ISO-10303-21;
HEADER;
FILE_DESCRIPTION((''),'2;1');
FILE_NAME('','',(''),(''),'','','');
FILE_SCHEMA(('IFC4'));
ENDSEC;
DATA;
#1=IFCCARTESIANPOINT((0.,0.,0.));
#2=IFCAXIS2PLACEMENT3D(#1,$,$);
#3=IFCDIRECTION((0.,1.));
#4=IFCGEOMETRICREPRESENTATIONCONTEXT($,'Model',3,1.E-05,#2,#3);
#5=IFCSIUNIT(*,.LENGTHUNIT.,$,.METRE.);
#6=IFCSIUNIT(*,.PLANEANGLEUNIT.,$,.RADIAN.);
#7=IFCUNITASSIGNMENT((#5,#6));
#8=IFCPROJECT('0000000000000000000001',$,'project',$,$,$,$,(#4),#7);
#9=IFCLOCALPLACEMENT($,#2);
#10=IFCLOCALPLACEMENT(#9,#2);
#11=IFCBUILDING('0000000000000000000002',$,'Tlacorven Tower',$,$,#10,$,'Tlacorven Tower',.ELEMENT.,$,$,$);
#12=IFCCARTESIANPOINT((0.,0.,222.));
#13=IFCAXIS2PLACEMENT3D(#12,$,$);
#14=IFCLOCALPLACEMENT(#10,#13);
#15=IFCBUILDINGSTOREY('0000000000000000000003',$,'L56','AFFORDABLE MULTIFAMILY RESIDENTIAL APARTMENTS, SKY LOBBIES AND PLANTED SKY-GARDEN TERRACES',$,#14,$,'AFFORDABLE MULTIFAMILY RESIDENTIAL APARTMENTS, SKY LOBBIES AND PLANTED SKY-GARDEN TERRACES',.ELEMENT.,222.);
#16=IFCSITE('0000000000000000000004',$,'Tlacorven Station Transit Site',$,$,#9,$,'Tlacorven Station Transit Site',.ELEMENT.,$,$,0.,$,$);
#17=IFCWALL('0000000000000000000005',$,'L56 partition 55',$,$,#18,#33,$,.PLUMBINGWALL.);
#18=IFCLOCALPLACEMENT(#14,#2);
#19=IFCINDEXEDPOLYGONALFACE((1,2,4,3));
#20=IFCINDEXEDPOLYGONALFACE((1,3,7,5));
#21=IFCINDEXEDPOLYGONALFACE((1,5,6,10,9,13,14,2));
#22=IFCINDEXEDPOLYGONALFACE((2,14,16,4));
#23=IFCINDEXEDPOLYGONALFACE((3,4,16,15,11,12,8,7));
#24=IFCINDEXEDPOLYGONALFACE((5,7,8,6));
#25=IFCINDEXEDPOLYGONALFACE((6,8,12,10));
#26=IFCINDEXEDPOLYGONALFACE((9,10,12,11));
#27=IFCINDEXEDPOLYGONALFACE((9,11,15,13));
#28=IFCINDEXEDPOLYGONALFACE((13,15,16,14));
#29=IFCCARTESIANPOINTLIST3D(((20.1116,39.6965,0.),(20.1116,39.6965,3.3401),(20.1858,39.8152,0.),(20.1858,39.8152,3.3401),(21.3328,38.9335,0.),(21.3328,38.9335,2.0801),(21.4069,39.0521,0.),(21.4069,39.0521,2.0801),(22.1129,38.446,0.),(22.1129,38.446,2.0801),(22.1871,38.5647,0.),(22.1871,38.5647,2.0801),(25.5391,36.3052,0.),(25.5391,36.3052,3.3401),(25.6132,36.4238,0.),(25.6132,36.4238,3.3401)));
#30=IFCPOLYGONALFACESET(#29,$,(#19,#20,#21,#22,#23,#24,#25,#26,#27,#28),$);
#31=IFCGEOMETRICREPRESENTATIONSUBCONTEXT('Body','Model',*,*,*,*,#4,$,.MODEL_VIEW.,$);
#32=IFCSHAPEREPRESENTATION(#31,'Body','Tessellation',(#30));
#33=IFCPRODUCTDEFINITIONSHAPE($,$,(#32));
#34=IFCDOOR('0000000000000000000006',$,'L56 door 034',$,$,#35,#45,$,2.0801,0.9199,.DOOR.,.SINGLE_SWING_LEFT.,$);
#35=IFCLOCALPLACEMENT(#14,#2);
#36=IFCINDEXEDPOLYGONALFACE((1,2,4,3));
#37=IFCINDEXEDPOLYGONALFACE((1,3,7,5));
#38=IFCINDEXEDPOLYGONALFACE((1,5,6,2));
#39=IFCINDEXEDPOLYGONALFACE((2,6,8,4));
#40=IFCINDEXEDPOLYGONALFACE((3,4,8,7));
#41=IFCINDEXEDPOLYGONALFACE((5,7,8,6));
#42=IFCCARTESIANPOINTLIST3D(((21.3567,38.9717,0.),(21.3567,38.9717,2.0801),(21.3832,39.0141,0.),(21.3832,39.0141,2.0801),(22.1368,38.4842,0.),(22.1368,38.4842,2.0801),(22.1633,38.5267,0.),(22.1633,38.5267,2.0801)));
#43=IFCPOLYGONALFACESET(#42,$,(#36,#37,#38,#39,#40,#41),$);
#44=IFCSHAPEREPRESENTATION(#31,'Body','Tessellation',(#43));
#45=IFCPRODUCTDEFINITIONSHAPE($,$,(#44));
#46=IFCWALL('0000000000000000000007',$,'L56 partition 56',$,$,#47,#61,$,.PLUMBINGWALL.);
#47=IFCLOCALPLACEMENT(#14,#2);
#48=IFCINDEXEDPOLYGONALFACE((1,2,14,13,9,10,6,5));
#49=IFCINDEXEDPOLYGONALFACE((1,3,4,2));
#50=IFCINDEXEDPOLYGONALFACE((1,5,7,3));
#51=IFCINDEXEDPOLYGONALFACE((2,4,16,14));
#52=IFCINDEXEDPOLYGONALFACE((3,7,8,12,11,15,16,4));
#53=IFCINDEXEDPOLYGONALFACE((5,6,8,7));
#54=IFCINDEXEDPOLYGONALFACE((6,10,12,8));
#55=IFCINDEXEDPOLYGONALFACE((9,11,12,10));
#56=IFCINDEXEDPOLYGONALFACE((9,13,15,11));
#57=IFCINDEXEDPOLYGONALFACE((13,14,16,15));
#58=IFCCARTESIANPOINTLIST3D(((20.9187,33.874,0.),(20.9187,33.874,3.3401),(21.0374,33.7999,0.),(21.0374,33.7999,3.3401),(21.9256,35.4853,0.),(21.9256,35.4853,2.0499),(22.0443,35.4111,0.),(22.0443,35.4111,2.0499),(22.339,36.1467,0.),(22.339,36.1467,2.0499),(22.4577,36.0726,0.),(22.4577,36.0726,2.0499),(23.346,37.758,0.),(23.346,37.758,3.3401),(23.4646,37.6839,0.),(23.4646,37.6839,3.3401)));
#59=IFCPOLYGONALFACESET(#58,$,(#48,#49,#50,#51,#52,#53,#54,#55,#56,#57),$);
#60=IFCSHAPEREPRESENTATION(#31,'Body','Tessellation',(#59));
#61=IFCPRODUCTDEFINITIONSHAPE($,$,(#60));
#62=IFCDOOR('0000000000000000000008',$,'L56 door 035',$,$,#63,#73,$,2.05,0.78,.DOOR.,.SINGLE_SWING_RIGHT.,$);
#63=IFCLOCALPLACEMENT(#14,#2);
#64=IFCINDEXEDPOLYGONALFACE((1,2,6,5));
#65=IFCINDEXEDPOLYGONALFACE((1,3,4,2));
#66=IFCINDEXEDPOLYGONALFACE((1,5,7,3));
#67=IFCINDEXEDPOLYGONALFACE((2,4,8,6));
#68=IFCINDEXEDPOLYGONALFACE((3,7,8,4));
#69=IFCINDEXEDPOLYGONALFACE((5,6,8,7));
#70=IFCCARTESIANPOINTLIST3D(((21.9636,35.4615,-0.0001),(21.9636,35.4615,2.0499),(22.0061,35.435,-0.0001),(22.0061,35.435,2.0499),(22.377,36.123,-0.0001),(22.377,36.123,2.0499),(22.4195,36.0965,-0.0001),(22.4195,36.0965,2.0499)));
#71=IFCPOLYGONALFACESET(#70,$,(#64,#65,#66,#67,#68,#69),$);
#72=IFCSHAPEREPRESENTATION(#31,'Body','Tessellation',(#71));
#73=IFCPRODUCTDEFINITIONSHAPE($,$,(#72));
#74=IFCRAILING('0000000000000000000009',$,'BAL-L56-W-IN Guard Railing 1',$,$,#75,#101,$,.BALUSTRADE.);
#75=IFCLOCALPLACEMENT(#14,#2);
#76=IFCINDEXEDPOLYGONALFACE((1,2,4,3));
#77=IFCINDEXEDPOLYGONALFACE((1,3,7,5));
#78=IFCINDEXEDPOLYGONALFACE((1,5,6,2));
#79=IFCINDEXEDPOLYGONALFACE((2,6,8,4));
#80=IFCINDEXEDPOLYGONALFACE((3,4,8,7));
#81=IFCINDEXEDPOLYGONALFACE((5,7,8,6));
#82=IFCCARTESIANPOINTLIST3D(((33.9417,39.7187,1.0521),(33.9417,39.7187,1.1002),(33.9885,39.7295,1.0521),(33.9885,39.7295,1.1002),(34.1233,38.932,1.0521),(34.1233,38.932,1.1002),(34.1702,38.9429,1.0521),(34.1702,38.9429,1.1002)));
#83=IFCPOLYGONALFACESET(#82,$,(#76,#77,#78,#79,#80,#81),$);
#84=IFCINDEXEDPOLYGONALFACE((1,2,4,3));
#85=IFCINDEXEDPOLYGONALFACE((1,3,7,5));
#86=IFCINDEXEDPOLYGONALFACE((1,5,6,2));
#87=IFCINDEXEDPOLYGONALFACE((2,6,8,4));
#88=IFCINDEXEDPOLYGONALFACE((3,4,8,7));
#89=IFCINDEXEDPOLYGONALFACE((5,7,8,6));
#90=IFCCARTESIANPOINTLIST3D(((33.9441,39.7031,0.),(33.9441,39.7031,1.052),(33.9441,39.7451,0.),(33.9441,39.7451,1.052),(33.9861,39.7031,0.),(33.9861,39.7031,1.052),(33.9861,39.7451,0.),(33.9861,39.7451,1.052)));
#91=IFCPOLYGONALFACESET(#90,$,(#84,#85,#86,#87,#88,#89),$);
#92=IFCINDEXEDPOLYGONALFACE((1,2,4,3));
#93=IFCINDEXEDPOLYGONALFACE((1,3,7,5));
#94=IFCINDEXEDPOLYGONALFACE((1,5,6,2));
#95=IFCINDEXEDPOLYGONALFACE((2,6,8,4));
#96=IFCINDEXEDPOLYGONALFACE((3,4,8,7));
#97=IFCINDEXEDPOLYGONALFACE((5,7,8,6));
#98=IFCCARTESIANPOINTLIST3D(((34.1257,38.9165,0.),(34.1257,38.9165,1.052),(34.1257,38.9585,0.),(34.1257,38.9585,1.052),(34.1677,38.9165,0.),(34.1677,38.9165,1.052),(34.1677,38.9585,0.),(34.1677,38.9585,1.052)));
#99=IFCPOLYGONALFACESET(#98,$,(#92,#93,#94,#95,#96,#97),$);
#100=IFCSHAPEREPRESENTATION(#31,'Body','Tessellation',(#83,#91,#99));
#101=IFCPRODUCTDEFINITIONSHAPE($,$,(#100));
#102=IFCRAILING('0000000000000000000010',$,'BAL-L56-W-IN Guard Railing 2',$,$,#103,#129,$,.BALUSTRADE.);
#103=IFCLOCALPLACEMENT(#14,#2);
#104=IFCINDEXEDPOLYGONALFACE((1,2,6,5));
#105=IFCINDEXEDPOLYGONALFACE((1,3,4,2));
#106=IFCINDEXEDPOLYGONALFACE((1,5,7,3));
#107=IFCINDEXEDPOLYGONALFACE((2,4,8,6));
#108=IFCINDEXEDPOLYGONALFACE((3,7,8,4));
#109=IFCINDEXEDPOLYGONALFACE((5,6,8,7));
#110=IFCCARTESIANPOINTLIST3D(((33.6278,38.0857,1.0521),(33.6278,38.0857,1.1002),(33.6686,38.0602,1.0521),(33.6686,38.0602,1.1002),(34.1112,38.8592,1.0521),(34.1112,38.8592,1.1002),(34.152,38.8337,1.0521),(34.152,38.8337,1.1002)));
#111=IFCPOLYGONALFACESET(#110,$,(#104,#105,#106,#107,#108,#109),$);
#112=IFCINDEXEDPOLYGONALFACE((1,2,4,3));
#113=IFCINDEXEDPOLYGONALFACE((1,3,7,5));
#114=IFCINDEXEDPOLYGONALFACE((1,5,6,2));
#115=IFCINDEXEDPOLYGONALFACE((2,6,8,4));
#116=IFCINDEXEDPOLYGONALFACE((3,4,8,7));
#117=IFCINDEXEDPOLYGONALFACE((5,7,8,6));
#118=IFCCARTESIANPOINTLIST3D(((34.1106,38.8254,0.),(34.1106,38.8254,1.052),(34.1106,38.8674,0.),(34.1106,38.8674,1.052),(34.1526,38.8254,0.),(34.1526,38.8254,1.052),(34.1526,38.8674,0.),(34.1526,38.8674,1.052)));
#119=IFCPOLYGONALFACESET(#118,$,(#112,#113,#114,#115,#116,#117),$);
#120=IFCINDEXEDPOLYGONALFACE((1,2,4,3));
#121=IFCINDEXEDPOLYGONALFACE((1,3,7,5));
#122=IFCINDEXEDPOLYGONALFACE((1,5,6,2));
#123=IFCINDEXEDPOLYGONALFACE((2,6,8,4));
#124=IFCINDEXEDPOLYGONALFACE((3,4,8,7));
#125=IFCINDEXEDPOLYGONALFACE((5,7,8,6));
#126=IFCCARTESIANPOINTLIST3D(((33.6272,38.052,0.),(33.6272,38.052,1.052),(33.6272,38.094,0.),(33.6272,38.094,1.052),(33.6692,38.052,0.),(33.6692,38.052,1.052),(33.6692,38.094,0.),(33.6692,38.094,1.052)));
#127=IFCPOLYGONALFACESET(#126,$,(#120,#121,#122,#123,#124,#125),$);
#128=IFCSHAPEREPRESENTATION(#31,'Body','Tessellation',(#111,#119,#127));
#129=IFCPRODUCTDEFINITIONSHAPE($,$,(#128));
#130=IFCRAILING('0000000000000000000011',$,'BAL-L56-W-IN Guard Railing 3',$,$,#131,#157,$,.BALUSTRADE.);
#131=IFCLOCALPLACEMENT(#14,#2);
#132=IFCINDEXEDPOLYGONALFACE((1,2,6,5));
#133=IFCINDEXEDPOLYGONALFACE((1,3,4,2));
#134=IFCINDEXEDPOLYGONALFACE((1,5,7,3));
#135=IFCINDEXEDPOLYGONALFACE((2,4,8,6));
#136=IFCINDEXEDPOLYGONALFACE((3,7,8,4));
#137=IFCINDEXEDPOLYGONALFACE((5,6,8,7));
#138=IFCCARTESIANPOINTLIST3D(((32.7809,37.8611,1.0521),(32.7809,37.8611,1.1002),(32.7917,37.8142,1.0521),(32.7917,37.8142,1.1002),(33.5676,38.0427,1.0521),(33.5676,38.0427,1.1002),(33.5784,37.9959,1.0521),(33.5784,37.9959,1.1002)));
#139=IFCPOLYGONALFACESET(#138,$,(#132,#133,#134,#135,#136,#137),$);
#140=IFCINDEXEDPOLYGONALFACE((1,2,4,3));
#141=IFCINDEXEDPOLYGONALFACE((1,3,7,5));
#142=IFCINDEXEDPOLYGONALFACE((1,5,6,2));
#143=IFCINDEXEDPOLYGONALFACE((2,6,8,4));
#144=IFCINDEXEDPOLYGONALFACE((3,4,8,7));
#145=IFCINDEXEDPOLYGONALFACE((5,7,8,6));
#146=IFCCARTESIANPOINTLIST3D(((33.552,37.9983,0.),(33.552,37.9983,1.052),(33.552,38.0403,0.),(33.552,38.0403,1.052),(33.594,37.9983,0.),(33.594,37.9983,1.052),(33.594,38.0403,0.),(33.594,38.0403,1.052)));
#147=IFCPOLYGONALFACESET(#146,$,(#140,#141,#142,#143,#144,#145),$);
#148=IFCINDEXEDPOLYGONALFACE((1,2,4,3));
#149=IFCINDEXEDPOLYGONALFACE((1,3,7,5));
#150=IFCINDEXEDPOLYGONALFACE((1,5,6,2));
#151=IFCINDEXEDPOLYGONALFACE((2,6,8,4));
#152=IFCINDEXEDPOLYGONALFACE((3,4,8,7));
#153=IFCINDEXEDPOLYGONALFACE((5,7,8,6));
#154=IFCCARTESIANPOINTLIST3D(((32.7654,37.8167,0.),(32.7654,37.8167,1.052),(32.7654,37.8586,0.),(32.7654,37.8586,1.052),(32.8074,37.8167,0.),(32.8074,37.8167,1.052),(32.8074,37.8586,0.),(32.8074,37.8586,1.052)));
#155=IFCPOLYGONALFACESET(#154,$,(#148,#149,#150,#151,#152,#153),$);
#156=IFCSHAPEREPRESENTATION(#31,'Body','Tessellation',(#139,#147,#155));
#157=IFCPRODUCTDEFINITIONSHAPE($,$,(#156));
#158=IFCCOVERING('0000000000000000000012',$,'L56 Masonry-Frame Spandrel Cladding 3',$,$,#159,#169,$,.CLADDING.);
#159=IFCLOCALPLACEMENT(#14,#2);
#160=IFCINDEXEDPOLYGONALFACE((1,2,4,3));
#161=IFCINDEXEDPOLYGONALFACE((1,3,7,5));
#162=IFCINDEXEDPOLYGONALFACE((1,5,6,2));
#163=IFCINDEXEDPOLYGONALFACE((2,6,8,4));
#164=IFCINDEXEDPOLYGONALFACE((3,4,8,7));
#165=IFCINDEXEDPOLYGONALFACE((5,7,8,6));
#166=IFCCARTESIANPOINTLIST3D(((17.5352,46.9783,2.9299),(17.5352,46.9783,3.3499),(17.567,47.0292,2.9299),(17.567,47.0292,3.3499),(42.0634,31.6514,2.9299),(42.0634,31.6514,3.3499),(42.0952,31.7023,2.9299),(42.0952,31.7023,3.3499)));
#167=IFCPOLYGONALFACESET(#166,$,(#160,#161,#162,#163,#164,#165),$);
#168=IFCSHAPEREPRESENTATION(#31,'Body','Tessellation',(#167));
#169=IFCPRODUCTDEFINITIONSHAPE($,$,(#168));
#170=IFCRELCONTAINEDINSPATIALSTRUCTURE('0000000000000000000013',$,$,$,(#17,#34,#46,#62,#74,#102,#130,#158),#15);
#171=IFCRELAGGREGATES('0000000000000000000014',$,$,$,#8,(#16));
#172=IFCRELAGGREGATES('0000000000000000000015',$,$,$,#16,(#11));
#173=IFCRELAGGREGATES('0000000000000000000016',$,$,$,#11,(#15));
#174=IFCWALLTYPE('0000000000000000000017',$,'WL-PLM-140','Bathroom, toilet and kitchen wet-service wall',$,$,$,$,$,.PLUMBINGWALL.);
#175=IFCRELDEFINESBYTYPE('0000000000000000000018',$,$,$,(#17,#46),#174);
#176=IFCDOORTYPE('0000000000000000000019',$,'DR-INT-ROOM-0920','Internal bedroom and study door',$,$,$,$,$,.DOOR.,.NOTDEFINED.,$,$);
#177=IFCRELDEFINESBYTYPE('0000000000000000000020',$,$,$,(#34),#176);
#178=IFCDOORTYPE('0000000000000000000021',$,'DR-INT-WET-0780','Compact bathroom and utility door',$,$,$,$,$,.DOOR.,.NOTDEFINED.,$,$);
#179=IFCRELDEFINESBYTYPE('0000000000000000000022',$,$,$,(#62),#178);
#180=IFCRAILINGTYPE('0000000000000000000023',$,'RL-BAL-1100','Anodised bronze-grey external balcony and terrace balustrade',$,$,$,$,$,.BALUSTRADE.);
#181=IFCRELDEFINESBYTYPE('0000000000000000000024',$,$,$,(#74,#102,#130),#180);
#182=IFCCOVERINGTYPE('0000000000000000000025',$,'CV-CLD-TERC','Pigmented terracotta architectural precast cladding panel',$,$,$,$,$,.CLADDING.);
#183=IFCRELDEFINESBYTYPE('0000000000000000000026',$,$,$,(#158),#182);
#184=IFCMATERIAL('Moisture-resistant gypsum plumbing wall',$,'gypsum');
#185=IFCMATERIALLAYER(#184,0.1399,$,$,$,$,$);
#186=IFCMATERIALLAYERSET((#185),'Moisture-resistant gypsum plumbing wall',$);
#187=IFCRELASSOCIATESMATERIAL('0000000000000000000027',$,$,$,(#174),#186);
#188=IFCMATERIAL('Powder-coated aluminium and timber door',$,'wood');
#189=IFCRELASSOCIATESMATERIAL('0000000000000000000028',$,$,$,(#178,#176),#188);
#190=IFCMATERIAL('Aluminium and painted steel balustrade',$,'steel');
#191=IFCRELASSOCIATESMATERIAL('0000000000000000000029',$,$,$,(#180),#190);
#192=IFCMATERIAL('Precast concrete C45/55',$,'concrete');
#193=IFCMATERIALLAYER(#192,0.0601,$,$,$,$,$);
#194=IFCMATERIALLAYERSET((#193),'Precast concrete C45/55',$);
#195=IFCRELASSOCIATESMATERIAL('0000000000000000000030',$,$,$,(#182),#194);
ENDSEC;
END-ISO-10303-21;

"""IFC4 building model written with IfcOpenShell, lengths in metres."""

from ifc_helpers import new_model, si_unit, direction, frame, frame_2d, origin, origin_2d, place, context, subcontext, project, spatial, rectangle, extrude, source, transform, mapped, material, layer, layer_set, type_object, element, fill, save


model = new_model("IFC4")

# Units and contexts
model_context = context("Model", 3, precision=1e-05, world=origin(), true_north=direction((0.0, 1.0)))
body_context = subcontext(model_context, "Body", "Model", "MODEL_VIEW")
ifc_project = project(units=[si_unit("LENGTHUNIT", "METRE"), si_unit("PLANEANGLEUNIT", "RADIAN")], contexts=[model_context])

# Site, building, storey
site_placement = place(None, origin())
site = spatial("IfcSite", under=ifc_project, at=site_placement, Name="Tlacorven Station Transit Site", LongName="Tlacorven Station Transit Site", CompositionType="ELEMENT", RefElevation=0.0)
building_placement = place(site_placement, origin())
building = spatial("IfcBuilding", under=site, at=building_placement, Name="Tlacorven Tower", LongName="Tlacorven Tower", CompositionType="ELEMENT")
storey_placement = place(building_placement, frame((0.0, 0.0, 222.0)))
storey = spatial("IfcBuildingStorey", under=building, at=storey_placement, Name="L56", Description="AFFORDABLE MULTIFAMILY RESIDENTIAL APARTMENTS, SKY LOBBIES AND PLANTED SKY-GARDEN TERRACES", LongName="AFFORDABLE MULTIFAMILY RESIDENTIAL APARTMENTS, SKY LOBBIES AND PLANTED SKY-GARDEN TERRACES", CompositionType="ELEMENT", Elevation=222.0)

# Walls, openings, doors
ifc_material_1 = material(Name="Moisture-resistant gypsum plumbing wall", Category="gypsum")
ifc_layer_1 = layer(ifc_material_1, 0.1399)
ifc_layer_set_1 = layer_set([ifc_layer_1], Name="Moisture-resistant gypsum plumbing wall")
wall_type_1 = type_object("IfcWallType", Name="WL-PLM-140", Description="Bathroom, toilet and kitchen wet-service wall", PredefinedType="PLUMBINGWALL", material=ifc_layer_set_1)
ifc_material_2 = material(Name="Powder-coated aluminium and timber door", Category="wood")
door_type_1 = type_object("IfcDoorType", Name="DR-INT-WET-0780", Description="Compact bathroom and utility door", OperationType="NOTDEFINED", PredefinedType="DOOR", material=ifc_material_2)
shared_shape_1 = source(origin(), body_context, "Body", "SweptSolid", [
    extrude(rectangle(XDim=0.78, YDim=2.05, at=frame_2d((0.3901, 1.0249))), frame((0.0, 0.0249, 0.0), z_axis=(0.0, -1.0, 0.0), x_axis=(1.0, 0.0, 0.0)), (0.0, 0.0, 1.0), 0.05),
])
wall_1_placement = place(storey_placement, frame((25.5762, 36.3645, 0.0), z_axis=(0.0, 0.0, 1.0), x_axis=(-0.848056, 0.529906, 0.0)))
wall_1 = element("IfcWall", 1, at=wall_1_placement, inside=storey, type_object=wall_type_1, Name="L56 partition 55", PredefinedType="PLUMBINGWALL", context=body_context, shape_type="SweptSolid", body=[
    extrude(rectangle(XDim=6.3999, YDim=0.1399, at=frame_2d((3.2, 0.0))), origin(), (0.0, 0.0, 1.0), 3.3401),
])
opening_1_placement = place(wall_1_placement, frame((4.04, 0.0, 0.0)))
opening_1 = element("IfcOpeningElement", 2, at=opening_1_placement, cuts=wall_1, PredefinedType="OPENING", context=body_context, shape_type="SweptSolid", body=[
    extrude(rectangle(XDim=0.9199, YDim=2.0801, at=frame_2d((0.46, 1.04))), frame((0.0, 0.0801, 0.0), z_axis=(0.0, -1.0, 0.0), x_axis=(1.0, 0.0, 0.0)), (0.0, 0.0, 1.0), 0.1599),
])
door_type_2 = type_object("IfcDoorType", Name="DR-INT-ROOM-0920", Description="Internal bedroom and study door", OperationType="NOTDEFINED", PredefinedType="DOOR", material=ifc_material_2)
shared_shape_2 = source(origin(), body_context, "Body", "SweptSolid", [
    extrude(rectangle(XDim=0.9199, YDim=2.0801, at=frame_2d((0.46, 1.04))), frame((0.0, 0.0249, 0.0), z_axis=(0.0, -1.0, 0.0), x_axis=(1.0, 0.0, 0.0)), (0.0, 0.0, 1.0), 0.05),
])
door_1_placement = place(opening_1_placement, origin())
door_1 = element("IfcDoor", 3, at=door_1_placement, inside=storey, type_object=door_type_2, Name="L56 door 034", OperationType="SINGLE_SWING_LEFT", OverallHeight=2.0801, OverallWidth=0.9199, PredefinedType="DOOR", context=body_context, shape_type="MappedRepresentation", body=[
    mapped(shared_shape_2, transform((0.0, 0.0, 0.0), scale=1.0)),
])
fill(opening_1, door_1)
wall_2_placement = place(storey_placement, frame((23.4053, 37.7209, 0.0), z_axis=(0.0, 0.0, 1.0), x_axis=(-0.529956, -0.848025, 0.0)))
wall_2 = element("IfcWall", 4, at=wall_2_placement, inside=storey, type_object=wall_type_1, Name="L56 partition 56", PredefinedType="PLUMBINGWALL", context=body_context, shape_type="SweptSolid", body=[
    extrude(rectangle(XDim=4.5801, YDim=0.1399, at=frame_2d((2.29, 0.0))), origin(), (0.0, 0.0, 1.0), 3.3401),
])
opening_2_placement = place(wall_2_placement, frame((1.8999, 0.0, 0.0)))
opening_2 = element("IfcOpeningElement", 5, at=opening_2_placement, cuts=wall_2, PredefinedType="OPENING", context=body_context, shape_type="SweptSolid", body=[
    extrude(rectangle(XDim=0.78, YDim=2.05, at=frame_2d((0.3901, 1.0249))), frame((0.0, 0.0801, 0.0), z_axis=(0.0, -1.0, 0.0), x_axis=(1.0, 0.0, 0.0)), (0.0, 0.0, 1.0), 0.1599),
])
door_2_placement = place(opening_2_placement, origin())
door_2 = element("IfcDoor", 6, at=door_2_placement, inside=storey, type_object=door_type_1, Name="L56 door 035", OperationType="SINGLE_SWING_RIGHT", OverallHeight=2.05, OverallWidth=0.78, PredefinedType="DOOR", context=body_context, shape_type="MappedRepresentation", body=[
    mapped(shared_shape_1, transform((0.0, 0.0, 0.0), scale=1.0)),
])
fill(opening_2, door_2)

# Railings
ifc_material_3 = material(Name="Aluminium and painted steel balustrade", Category="steel")
railing_type = type_object("IfcRailingType", Name="RL-BAL-1100", Description="Anodised bronze-grey external balcony and terrace balustrade", PredefinedType="BALUSTRADE", material=ifc_material_3)
shared_shape_3 = source(origin(), body_context, "Body", "SweptSolid", [
    extrude(rectangle(XDim=0.0481, YDim=0.0481, at=origin_2d()), frame((0.0, 0.0, 1.0762), z_axis=(0.224992, -0.974361, 0.0), x_axis=(0.974361, 0.224992, 0.0)), (0.0, 0.0, 1.0), 0.8074),
    extrude(rectangle(XDim=0.042, YDim=0.042, at=origin_2d()), origin(), (0.0, 0.0, 1.0), 1.052),
    extrude(rectangle(XDim=0.042, YDim=0.042, at=origin_2d()), frame((0.1816, -0.7866, 0.0)), (0.0, 0.0, 1.0), 1.052),
])
railing_1_placement = place(storey_placement, frame((33.9651, 39.7241, 0.0)))
element("IfcRailing", 7, at=railing_1_placement, inside=storey, type_object=railing_type, Name="BAL-L56-W-IN Guard Railing 1", PredefinedType="BALUSTRADE", context=body_context, shape_type="MappedRepresentation", body=[
    mapped(shared_shape_3, transform((0.0, 0.0, 0.0), scale=1.0)),
])
shared_shape_4 = source(origin(), body_context, "Body", "SweptSolid", [
    extrude(rectangle(XDim=0.0481, YDim=0.0481, at=origin_2d()), frame((0.0, 0.0, 1.0762), z_axis=(-0.529999, -0.847998, 0.0), x_axis=(0.847998, -0.529999, 0.0)), (0.0, 0.0, 1.0), 0.9121),
    extrude(rectangle(XDim=0.042, YDim=0.042, at=origin_2d()), origin(), (0.0, 0.0, 1.0), 1.052),
    extrude(rectangle(XDim=0.042, YDim=0.042, at=origin_2d()), frame((-0.4834, -0.7734, 0.0)), (0.0, 0.0, 1.0), 1.052),
])
railing_2_placement = place(storey_placement, frame((34.1316, 38.8464, 0.0)))
element("IfcRailing", 8, at=railing_2_placement, inside=storey, type_object=railing_type, Name="BAL-L56-W-IN Guard Railing 2", PredefinedType="BALUSTRADE", context=body_context, shape_type="MappedRepresentation", body=[
    mapped(shared_shape_4, transform((0.0, 0.0, 0.0), scale=1.0)),
])
shared_shape_5 = source(origin(), body_context, "Body", "SweptSolid", [
    extrude(rectangle(XDim=0.0481, YDim=0.0481, at=origin_2d()), frame((0.0, 0.0, 1.0762), z_axis=(-0.974361, -0.224992, 0.0), x_axis=(0.224992, -0.974361, 0.0)), (0.0, 0.0, 1.0), 0.8074),
    extrude(rectangle(XDim=0.042, YDim=0.042, at=origin_2d()), origin(), (0.0, 0.0, 1.0), 1.052),
    extrude(rectangle(XDim=0.042, YDim=0.042, at=origin_2d()), frame((-0.7866, -0.1816, 0.0)), (0.0, 0.0, 1.0), 1.052),
])
railing_3_placement = place(storey_placement, frame((33.573, 38.0193, 0.0)))
element("IfcRailing", 9, at=railing_3_placement, inside=storey, type_object=railing_type, Name="BAL-L56-W-IN Guard Railing 3", PredefinedType="BALUSTRADE", context=body_context, shape_type="MappedRepresentation", body=[
    mapped(shared_shape_5, transform((0.0, 0.0, 0.0), scale=1.0)),
])

# Covering
ifc_material_4 = material(Name="Precast concrete C45/55", Category="concrete")
ifc_layer_2 = layer(ifc_material_4, 0.0601)
ifc_layer_set_2 = layer_set([ifc_layer_2], Name="Precast concrete C45/55")
covering_type = type_object("IfcCoveringType", Name="CV-CLD-TERC", Description="Pigmented terracotta architectural precast cladding panel", PredefinedType="CLADDING", material=ifc_layer_set_2)
shared_shape_6 = source(origin(), body_context, "Body", "SweptSolid", [
    extrude(rectangle(XDim=28.9231, YDim=0.0601, at=origin_2d()), origin(), (0.0, 0.0, 1.0), 0.4199),
])
covering_placement = place(storey_placement, frame((29.8152, 39.3403, 2.9299), z_axis=(0.0, 0.0, 1.0), x_axis=(0.848048, -0.529919, 0.0)))
element("IfcCovering", 10, at=covering_placement, inside=storey, type_object=covering_type, Name="L56 Masonry-Frame Spandrel Cladding 3", PredefinedType="CLADDING", context=body_context, shape_type="MappedRepresentation", body=[
    mapped(shared_shape_6, transform((0.0, 0.0, 0.0), scale=1.0)),
])

save(model, "model.ifc")
